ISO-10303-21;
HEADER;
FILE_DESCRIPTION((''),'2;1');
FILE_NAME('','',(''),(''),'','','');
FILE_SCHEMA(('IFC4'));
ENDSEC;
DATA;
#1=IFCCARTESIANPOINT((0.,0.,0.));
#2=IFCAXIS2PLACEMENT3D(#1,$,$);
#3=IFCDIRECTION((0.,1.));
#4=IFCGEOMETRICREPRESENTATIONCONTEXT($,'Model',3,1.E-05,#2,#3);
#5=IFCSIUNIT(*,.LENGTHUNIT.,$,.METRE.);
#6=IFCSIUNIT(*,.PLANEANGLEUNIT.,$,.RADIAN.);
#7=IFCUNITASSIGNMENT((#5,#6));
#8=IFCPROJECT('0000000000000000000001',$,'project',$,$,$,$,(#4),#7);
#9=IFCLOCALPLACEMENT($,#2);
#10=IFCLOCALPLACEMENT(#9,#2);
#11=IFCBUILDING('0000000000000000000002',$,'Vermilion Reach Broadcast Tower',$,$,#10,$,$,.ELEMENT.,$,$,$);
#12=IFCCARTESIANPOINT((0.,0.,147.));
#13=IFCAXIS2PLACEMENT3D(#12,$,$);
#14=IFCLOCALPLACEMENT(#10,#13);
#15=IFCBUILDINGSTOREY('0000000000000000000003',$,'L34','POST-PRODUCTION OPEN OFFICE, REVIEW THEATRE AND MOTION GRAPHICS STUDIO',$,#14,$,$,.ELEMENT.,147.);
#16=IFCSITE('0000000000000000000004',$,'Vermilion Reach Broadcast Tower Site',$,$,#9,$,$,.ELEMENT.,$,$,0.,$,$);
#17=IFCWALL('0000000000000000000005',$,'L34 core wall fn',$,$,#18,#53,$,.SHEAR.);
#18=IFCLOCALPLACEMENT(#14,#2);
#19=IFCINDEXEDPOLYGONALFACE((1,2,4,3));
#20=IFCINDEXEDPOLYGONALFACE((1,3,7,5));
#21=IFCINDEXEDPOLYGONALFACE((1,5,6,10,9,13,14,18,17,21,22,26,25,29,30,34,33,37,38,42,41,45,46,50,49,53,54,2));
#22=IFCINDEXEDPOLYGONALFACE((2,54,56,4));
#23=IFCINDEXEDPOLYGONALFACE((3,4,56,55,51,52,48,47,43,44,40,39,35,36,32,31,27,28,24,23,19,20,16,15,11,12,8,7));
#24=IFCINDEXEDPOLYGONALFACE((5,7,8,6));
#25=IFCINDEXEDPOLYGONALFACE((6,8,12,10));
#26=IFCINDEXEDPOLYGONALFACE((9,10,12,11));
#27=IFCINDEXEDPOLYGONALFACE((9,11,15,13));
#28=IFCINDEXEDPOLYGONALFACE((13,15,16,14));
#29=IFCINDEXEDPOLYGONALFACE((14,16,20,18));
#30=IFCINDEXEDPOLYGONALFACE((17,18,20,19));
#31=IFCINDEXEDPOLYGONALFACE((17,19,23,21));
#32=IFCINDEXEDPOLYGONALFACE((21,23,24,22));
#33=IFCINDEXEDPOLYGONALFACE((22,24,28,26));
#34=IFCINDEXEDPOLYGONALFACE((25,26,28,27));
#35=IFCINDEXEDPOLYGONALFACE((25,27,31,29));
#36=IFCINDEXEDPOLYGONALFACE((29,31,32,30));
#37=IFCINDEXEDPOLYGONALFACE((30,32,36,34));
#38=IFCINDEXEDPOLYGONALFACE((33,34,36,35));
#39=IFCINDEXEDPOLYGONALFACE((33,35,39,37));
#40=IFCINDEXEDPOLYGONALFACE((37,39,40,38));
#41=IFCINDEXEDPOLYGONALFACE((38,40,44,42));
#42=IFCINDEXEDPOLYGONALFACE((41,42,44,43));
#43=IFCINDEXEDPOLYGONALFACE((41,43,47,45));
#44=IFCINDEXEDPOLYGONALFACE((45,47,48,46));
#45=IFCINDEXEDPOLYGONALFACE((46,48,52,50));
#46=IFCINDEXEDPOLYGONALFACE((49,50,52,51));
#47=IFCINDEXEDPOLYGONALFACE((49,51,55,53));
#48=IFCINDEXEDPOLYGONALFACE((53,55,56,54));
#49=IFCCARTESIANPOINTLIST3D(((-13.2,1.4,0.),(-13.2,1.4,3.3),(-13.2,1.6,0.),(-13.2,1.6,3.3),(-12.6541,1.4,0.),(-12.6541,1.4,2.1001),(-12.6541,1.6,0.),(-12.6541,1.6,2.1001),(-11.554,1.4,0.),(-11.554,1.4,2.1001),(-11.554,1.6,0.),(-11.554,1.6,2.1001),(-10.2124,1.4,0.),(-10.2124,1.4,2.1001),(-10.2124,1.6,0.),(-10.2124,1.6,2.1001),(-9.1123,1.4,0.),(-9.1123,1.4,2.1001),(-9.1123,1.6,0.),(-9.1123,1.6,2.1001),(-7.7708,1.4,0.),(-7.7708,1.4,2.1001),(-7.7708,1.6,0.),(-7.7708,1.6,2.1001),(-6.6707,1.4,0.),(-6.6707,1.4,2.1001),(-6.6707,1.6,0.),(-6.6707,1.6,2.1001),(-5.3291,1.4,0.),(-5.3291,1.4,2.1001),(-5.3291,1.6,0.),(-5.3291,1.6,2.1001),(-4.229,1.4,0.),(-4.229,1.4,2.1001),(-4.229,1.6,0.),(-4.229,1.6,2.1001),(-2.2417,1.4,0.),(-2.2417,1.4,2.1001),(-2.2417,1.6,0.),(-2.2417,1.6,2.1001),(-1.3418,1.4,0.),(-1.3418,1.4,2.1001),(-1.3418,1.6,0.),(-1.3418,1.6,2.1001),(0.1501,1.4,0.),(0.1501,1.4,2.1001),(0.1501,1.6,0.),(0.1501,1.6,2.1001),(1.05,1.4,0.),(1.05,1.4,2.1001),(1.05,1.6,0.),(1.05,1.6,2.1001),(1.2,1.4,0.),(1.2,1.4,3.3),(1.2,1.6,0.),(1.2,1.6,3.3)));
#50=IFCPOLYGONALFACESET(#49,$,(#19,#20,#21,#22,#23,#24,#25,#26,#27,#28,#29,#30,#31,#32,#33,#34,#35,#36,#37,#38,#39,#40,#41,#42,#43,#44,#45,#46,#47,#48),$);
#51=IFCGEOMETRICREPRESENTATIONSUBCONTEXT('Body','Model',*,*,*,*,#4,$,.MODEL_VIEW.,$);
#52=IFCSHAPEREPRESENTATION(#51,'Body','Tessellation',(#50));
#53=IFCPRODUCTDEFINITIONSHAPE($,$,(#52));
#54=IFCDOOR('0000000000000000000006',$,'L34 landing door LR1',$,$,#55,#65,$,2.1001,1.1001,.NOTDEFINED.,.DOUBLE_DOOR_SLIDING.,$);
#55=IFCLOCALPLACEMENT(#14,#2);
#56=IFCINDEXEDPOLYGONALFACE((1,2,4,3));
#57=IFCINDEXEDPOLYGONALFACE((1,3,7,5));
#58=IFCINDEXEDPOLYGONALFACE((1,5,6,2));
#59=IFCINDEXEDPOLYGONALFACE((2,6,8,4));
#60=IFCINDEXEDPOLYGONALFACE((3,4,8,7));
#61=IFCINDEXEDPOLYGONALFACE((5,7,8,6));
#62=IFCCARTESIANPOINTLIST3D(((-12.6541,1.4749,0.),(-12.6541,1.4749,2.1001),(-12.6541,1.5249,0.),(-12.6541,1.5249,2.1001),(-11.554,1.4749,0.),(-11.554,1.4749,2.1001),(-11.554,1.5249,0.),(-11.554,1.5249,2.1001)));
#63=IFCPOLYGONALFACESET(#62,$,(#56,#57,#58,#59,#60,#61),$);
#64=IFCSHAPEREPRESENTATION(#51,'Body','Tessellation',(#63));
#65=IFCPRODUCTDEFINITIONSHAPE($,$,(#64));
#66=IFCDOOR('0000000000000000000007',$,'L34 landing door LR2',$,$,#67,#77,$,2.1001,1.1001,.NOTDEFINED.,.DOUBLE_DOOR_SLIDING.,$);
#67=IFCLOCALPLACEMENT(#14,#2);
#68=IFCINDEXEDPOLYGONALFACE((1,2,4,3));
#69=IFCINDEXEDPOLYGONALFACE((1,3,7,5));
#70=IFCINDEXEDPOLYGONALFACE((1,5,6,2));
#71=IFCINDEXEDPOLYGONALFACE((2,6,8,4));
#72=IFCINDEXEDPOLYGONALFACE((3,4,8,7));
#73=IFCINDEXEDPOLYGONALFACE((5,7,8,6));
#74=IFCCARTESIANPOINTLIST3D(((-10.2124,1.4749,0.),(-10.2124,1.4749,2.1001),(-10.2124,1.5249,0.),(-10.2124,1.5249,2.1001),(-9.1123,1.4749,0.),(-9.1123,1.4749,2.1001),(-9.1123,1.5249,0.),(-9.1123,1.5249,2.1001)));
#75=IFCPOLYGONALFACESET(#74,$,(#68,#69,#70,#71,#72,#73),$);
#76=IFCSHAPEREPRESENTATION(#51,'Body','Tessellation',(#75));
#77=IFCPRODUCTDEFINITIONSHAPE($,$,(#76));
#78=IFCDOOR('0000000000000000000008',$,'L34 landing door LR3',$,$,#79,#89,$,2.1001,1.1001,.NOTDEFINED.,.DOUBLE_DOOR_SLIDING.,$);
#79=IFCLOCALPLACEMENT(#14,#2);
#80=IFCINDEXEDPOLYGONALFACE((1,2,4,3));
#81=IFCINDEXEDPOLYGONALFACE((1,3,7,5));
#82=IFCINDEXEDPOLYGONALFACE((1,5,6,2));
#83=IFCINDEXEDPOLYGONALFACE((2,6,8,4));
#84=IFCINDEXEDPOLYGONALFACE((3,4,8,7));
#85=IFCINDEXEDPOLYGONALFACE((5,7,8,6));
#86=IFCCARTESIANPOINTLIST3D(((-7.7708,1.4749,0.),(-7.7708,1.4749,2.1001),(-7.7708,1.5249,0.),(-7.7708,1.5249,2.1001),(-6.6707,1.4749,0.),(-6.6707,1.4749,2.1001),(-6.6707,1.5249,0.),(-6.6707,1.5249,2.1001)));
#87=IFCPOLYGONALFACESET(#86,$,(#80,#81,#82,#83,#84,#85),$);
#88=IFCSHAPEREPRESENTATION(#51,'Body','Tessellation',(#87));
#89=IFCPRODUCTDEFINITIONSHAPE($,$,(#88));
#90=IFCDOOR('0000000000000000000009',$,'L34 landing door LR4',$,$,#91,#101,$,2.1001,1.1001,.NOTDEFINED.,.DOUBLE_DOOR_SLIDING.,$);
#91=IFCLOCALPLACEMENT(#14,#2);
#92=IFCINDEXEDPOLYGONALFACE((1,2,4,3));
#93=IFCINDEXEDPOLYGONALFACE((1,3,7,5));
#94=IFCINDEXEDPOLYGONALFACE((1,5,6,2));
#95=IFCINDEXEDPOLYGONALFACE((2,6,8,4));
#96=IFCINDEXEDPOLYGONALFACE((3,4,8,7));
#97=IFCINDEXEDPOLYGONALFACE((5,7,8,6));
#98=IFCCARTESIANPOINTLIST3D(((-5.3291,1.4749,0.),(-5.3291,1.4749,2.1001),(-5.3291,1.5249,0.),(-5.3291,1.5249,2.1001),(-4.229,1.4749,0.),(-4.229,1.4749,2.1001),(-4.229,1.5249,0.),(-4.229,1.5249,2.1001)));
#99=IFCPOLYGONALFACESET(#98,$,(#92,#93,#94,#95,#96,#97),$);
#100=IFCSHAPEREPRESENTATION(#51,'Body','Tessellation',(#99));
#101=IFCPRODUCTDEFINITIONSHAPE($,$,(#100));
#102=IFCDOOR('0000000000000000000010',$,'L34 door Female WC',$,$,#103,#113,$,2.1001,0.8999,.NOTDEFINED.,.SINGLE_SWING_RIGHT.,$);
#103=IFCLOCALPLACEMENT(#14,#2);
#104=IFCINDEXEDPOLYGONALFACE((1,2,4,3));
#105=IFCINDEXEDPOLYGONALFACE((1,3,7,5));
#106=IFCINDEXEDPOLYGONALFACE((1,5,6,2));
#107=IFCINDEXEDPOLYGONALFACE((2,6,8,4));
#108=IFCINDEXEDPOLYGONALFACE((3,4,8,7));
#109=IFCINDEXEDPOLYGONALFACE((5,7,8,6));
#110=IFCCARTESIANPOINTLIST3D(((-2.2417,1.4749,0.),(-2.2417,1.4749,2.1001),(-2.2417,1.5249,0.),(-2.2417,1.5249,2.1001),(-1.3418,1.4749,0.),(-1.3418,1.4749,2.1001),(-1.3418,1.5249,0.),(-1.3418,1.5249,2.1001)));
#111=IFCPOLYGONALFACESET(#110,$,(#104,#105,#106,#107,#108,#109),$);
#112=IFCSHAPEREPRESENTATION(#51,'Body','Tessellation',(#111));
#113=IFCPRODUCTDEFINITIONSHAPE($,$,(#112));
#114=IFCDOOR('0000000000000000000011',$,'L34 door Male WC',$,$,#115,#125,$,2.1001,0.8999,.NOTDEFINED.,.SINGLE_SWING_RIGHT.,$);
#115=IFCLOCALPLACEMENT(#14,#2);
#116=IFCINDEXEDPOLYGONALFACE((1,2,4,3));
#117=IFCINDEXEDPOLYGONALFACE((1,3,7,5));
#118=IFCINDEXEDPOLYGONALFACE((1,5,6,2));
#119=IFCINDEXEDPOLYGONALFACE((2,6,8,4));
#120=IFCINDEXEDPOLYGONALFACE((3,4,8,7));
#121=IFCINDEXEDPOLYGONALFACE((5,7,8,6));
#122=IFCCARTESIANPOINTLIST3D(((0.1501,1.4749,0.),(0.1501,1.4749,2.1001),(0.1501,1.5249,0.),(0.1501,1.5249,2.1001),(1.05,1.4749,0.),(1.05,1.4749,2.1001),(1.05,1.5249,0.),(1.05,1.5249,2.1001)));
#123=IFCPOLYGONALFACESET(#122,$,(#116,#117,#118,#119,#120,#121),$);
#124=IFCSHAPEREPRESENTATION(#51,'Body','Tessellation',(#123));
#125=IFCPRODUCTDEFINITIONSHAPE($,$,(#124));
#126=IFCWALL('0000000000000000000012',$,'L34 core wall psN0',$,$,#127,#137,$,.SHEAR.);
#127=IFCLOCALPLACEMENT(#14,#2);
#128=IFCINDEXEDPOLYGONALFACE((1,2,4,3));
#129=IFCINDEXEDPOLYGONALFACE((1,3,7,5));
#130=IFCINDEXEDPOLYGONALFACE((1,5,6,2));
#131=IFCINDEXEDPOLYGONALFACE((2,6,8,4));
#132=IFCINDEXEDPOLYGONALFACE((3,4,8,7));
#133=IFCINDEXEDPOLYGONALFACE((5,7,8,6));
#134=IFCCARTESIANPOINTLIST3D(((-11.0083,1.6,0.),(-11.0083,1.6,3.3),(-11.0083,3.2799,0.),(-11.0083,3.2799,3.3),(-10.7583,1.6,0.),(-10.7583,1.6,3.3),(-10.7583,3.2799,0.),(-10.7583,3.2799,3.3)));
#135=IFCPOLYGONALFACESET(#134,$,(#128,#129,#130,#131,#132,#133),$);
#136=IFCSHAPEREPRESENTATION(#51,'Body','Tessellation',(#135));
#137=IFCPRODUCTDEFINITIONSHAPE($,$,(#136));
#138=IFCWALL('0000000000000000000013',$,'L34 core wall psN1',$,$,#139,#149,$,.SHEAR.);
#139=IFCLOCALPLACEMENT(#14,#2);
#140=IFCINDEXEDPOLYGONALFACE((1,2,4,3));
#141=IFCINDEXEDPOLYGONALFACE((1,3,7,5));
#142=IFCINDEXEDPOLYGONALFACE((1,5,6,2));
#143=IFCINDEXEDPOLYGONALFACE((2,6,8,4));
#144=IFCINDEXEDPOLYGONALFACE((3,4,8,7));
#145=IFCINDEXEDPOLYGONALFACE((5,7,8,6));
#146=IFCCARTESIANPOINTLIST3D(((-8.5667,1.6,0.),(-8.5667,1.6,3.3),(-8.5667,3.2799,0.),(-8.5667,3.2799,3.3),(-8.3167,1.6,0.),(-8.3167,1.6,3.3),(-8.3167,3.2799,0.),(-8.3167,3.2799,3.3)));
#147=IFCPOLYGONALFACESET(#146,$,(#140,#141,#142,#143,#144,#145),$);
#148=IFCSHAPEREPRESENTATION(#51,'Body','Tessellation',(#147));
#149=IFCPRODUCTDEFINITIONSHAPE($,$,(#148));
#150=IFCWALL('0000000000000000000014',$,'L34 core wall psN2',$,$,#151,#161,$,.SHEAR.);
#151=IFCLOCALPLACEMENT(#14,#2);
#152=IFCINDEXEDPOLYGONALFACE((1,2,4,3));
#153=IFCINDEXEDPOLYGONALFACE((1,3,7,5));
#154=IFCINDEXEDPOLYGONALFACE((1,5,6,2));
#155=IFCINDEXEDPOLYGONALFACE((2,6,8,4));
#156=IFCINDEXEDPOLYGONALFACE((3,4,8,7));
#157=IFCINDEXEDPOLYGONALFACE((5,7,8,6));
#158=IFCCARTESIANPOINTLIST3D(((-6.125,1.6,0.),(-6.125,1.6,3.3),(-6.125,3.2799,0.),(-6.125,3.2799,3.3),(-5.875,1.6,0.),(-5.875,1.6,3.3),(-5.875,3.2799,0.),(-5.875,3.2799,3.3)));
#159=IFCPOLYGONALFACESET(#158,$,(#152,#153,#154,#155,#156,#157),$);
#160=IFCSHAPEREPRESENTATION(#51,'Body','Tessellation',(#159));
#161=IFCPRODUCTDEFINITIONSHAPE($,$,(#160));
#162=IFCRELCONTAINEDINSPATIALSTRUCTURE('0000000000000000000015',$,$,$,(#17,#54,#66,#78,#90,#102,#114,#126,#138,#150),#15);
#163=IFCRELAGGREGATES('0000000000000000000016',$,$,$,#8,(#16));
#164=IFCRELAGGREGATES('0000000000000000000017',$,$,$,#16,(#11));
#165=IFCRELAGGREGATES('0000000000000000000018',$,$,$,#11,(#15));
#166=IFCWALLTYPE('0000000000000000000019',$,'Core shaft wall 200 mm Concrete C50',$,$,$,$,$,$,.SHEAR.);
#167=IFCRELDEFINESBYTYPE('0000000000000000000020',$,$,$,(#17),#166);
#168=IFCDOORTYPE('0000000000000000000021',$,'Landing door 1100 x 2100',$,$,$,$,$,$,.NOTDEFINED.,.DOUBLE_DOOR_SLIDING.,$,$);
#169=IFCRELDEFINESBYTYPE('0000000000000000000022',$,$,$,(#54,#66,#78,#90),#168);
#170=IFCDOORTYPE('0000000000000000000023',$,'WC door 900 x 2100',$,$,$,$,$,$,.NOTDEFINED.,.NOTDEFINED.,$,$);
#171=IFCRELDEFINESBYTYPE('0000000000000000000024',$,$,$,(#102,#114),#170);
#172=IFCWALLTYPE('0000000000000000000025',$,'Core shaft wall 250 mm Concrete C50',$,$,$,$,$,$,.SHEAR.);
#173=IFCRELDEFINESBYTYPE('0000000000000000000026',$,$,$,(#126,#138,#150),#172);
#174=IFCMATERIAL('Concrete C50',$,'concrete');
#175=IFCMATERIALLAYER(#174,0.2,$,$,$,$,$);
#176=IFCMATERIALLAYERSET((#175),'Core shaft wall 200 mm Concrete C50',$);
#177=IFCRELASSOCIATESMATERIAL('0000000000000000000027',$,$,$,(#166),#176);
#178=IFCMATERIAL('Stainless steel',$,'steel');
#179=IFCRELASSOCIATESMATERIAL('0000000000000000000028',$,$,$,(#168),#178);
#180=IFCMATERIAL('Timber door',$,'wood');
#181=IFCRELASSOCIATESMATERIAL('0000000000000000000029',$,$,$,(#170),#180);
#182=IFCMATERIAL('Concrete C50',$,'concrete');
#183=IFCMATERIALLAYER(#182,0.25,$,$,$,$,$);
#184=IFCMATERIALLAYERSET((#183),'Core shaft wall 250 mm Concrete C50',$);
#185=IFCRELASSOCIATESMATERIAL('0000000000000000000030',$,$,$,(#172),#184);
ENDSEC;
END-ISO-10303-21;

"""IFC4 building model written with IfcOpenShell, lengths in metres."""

from ifc_helpers import new_model, si_unit, direction, frame, frame_2d, origin, place, context, subcontext, project, spatial, rectangle, extrude, material, layer, layer_set, type_object, element, fill, save


model = new_model("IFC4")

# Units and contexts
model_context = context("Model", 3, precision=1e-05, world=origin(), true_north=direction((0.0, 1.0)))
body_context = subcontext(model_context, "Body", "Model", "MODEL_VIEW")
ifc_project = project(units=[si_unit("LENGTHUNIT", "METRE"), si_unit("PLANEANGLEUNIT", "RADIAN")], contexts=[model_context])

# Site, building, storey
site_placement = place(None, origin())
site = spatial("IfcSite", under=ifc_project, at=site_placement, Name="Vermilion Reach Broadcast Tower Site", CompositionType="ELEMENT", RefElevation=0.0)
building_placement = place(site_placement, origin())
building = spatial("IfcBuilding", under=site, at=building_placement, Name="Vermilion Reach Broadcast Tower", CompositionType="ELEMENT")
storey_placement = place(building_placement, frame((0.0, 0.0, 147.0)))
storey = spatial("IfcBuildingStorey", under=building, at=storey_placement, Name="L34", Description="POST-PRODUCTION OPEN OFFICE, REVIEW THEATRE AND MOTION GRAPHICS STUDIO", CompositionType="ELEMENT", Elevation=147.0)

# Wall, openings, doors
ifc_material_1 = material(Name="Concrete C50", Category="concrete")
ifc_layer_1 = layer(ifc_material_1, 0.2)
ifc_layer_set_1 = layer_set([ifc_layer_1], Name="Core shaft wall 200 mm Concrete C50")
wall_type_1 = type_object("IfcWallType", Name="Core shaft wall 200 mm Concrete C50", PredefinedType="SHEAR", material=ifc_layer_set_1)
wall_1_placement = place(storey_placement, frame((-13.2, 1.5, 0.0), z_axis=(0.0, 0.0, 1.0), x_axis=(1.0, 0.0, 0.0)))
wall_1 = element("IfcWall", 1, at=wall_1_placement, inside=storey, type_object=wall_type_1, Name="L34 core wall fn", PredefinedType="SHEAR", context=body_context, shape_type="SweptSolid", body=[
    extrude(rectangle(XDim=14.3999, YDim=0.2, at=frame_2d((7.2, 0.0))), origin(), (0.0, 0.0, 1.0), 3.3),
])
opening_1_placement = place(wall_1_placement, frame((0.5459, 0.0, 0.0)))
opening_1 = element("IfcOpeningElement", 2, at=opening_1_placement, cuts=wall_1, PredefinedType="OPENING", context=body_context, shape_type="SweptSolid", body=[
    extrude(rectangle(XDim=1.1001, YDim=2.1001, at=frame_2d((0.55, 1.05))), frame((0.0, 0.1099, 0.0), z_axis=(0.0, -1.0, 0.0), x_axis=(1.0, 0.0, 0.0)), (0.0, 0.0, 1.0), 0.22),
])
opening_2_placement = place(wall_1_placement, frame((2.9875, 0.0, 0.0)))
opening_2 = element("IfcOpeningElement", 3, at=opening_2_placement, cuts=wall_1, PredefinedType="OPENING", context=body_context, shape_type="SweptSolid", body=[
    extrude(rectangle(XDim=1.1001, YDim=2.1001, at=frame_2d((0.55, 1.05))), frame((0.0, 0.1099, 0.0), z_axis=(0.0, -1.0, 0.0), x_axis=(1.0, 0.0, 0.0)), (0.0, 0.0, 1.0), 0.22),
])
opening_3_placement = place(wall_1_placement, frame((5.4292, 0.0, 0.0)))
opening_3 = element("IfcOpeningElement", 4, at=opening_3_placement, cuts=wall_1, PredefinedType="OPENING", context=body_context, shape_type="SweptSolid", body=[
    extrude(rectangle(XDim=1.1001, YDim=2.1001, at=frame_2d((0.55, 1.05))), frame((0.0, 0.1099, 0.0), z_axis=(0.0, -1.0, 0.0), x_axis=(1.0, 0.0, 0.0)), (0.0, 0.0, 1.0), 0.22),
])
opening_4_placement = place(wall_1_placement, frame((7.8708, 0.0, 0.0)))
opening_4 = element("IfcOpeningElement", 5, at=opening_4_placement, cuts=wall_1, PredefinedType="OPENING", context=body_context, shape_type="SweptSolid", body=[
    extrude(rectangle(XDim=1.1001, YDim=2.1001, at=frame_2d((0.55, 1.05))), frame((0.0, 0.1099, 0.0), z_axis=(0.0, -1.0, 0.0), x_axis=(1.0, 0.0, 0.0)), (0.0, 0.0, 1.0), 0.22),
])
opening_5_placement = place(wall_1_placement, frame((10.9583, 0.0, 0.0)))
opening_5 = element("IfcOpeningElement", 6, at=opening_5_placement, cuts=wall_1, PredefinedType="OPENING", context=body_context, shape_type="SweptSolid", body=[
    extrude(rectangle(XDim=0.8999, YDim=2.1001, at=frame_2d((0.45, 1.05))), frame((0.0, 0.1099, 0.0), z_axis=(0.0, -1.0, 0.0), x_axis=(1.0, 0.0, 0.0)), (0.0, 0.0, 1.0), 0.22),
])
opening_6_placement = place(wall_1_placement, frame((13.3501, 0.0, 0.0)))
opening_6 = element("IfcOpeningElement", 7, at=opening_6_placement, cuts=wall_1, PredefinedType="OPENING", context=body_context, shape_type="SweptSolid", body=[
    extrude(rectangle(XDim=0.8999, YDim=2.1001, at=frame_2d((0.45, 1.05))), frame((0.0, 0.1099, 0.0), z_axis=(0.0, -1.0, 0.0), x_axis=(1.0, 0.0, 0.0)), (0.0, 0.0, 1.0), 0.22),
])
ifc_material_2 = material(Name="Stainless steel", Category="steel")
door_type_1 = type_object("IfcDoorType", Name="Landing door 1100 x 2100", OperationType="DOUBLE_DOOR_SLIDING", PredefinedType="NOTDEFINED", material=ifc_material_2)
door_1_placement = place(opening_1_placement, origin())
door_1 = element("IfcDoor", 8, at=door_1_placement, inside=storey, type_object=door_type_1, Name="L34 landing door LR1", OperationType="DOUBLE_DOOR_SLIDING", OverallHeight=2.1001, OverallWidth=1.1001, PredefinedType="NOTDEFINED", context=body_context, shape_type="SweptSolid", body=[
    extrude(rectangle(XDim=1.1001, YDim=2.1001, at=frame_2d((0.55, 1.05))), frame((0.0, 0.0249, 0.0), z_axis=(0.0, -1.0, 0.0), x_axis=(1.0, 0.0, 0.0)), (0.0, 0.0, 1.0), 0.05),
])
fill(opening_1, door_1)
door_2_placement = place(opening_2_placement, origin())
door_2 = element("IfcDoor", 9, at=door_2_placement, inside=storey, type_object=door_type_1, Name="L34 landing door LR2", OperationType="DOUBLE_DOOR_SLIDING", OverallHeight=2.1001, OverallWidth=1.1001, PredefinedType="NOTDEFINED", context=body_context, shape_type="SweptSolid", body=[
    extrude(rectangle(XDim=1.1001, YDim=2.1001, at=frame_2d((0.55, 1.05))), frame((0.0, 0.0249, 0.0), z_axis=(0.0, -1.0, 0.0), x_axis=(1.0, 0.0, 0.0)), (0.0, 0.0, 1.0), 0.05),
])
fill(opening_2, door_2)
door_3_placement = place(opening_3_placement, origin())
door_3 = element("IfcDoor", 10, at=door_3_placement, inside=storey, type_object=door_type_1, Name="L34 landing door LR3", OperationType="DOUBLE_DOOR_SLIDING", OverallHeight=2.1001, OverallWidth=1.1001, PredefinedType="NOTDEFINED", context=body_context, shape_type="SweptSolid", body=[
    extrude(rectangle(XDim=1.1001, YDim=2.1001, at=frame_2d((0.55, 1.05))), frame((0.0, 0.0249, 0.0), z_axis=(0.0, -1.0, 0.0), x_axis=(1.0, 0.0, 0.0)), (0.0, 0.0, 1.0), 0.05),
])
fill(opening_3, door_3)
door_4_placement = place(opening_4_placement, origin())
door_4 = element("IfcDoor", 11, at=door_4_placement, inside=storey, type_object=door_type_1, Name="L34 landing door LR4", OperationType="DOUBLE_DOOR_SLIDING", OverallHeight=2.1001, OverallWidth=1.1001, PredefinedType="NOTDEFINED", context=body_context, shape_type="SweptSolid", body=[
    extrude(rectangle(XDim=1.1001, YDim=2.1001, at=frame_2d((0.55, 1.05))), frame((0.0, 0.0249, 0.0), z_axis=(0.0, -1.0, 0.0), x_axis=(1.0, 0.0, 0.0)), (0.0, 0.0, 1.0), 0.05),
])
fill(opening_4, door_4)
ifc_material_3 = material(Name="Timber door", Category="wood")
door_type_2 = type_object("IfcDoorType", Name="WC door 900 x 2100", OperationType="NOTDEFINED", PredefinedType="NOTDEFINED", material=ifc_material_3)
door_5_placement = place(opening_5_placement, origin())
door_5 = element("IfcDoor", 12, at=door_5_placement, inside=storey, type_object=door_type_2, Name="L34 door Female WC", OperationType="SINGLE_SWING_RIGHT", OverallHeight=2.1001, OverallWidth=0.8999, PredefinedType="NOTDEFINED", context=body_context, shape_type="SweptSolid", body=[
    extrude(rectangle(XDim=0.8999, YDim=2.1001, at=frame_2d((0.45, 1.05))), frame((0.0, 0.0249, 0.0), z_axis=(0.0, -1.0, 0.0), x_axis=(1.0, 0.0, 0.0)), (0.0, 0.0, 1.0), 0.05),
])
fill(opening_5, door_5)
door_6_placement = place(opening_6_placement, origin())
door_6 = element("IfcDoor", 13, at=door_6_placement, inside=storey, type_object=door_type_2, Name="L34 door Male WC", OperationType="SINGLE_SWING_RIGHT", OverallHeight=2.1001, OverallWidth=0.8999, PredefinedType="NOTDEFINED", context=body_context, shape_type="SweptSolid", body=[
    extrude(rectangle(XDim=0.8999, YDim=2.1001, at=frame_2d((0.45, 1.05))), frame((0.0, 0.0249, 0.0), z_axis=(0.0, -1.0, 0.0), x_axis=(1.0, 0.0, 0.0)), (0.0, 0.0, 1.0), 0.05),
])
fill(opening_6, door_6)

# Walls
ifc_material_4 = material(Name="Concrete C50", Category="concrete")
ifc_layer_2 = layer(ifc_material_4, 0.25)
ifc_layer_set_2 = layer_set([ifc_layer_2], Name="Core shaft wall 250 mm Concrete C50")
wall_type_2 = type_object("IfcWallType", Name="Core shaft wall 250 mm Concrete C50", PredefinedType="SHEAR", material=ifc_layer_set_2)
for number, where, z_axis, x_axis, name in (
    (14, (-10.8833, 1.6001, 0.0), (0.0, 0.0, 1.0), (0.0, 1.0, 0.0), "L34 core wall psN0"),
    (15, (-8.4417, 1.6001, 0.0), (0.0, 0.0, 1.0), (0.0, 1.0, 0.0), "L34 core wall psN1"),
    (16, (-6.0, 1.6001, 0.0), (0.0, 0.0, 1.0), (0.0, 1.0, 0.0), "L34 core wall psN2"),
):
    element("IfcWall", number, at=place(storey_placement, frame(where, z_axis=z_axis, x_axis=x_axis)), inside=storey, type_object=wall_type_2, Name=name, PredefinedType="SHEAR", context=body_context, shape_type="SweptSolid", body=[
        extrude(rectangle(XDim=1.6799, YDim=0.25, at=frame_2d((0.8398, 0.0))), origin(), (0.0, 0.0, 1.0), 3.3),
    ])

save(model, "model.ifc")
